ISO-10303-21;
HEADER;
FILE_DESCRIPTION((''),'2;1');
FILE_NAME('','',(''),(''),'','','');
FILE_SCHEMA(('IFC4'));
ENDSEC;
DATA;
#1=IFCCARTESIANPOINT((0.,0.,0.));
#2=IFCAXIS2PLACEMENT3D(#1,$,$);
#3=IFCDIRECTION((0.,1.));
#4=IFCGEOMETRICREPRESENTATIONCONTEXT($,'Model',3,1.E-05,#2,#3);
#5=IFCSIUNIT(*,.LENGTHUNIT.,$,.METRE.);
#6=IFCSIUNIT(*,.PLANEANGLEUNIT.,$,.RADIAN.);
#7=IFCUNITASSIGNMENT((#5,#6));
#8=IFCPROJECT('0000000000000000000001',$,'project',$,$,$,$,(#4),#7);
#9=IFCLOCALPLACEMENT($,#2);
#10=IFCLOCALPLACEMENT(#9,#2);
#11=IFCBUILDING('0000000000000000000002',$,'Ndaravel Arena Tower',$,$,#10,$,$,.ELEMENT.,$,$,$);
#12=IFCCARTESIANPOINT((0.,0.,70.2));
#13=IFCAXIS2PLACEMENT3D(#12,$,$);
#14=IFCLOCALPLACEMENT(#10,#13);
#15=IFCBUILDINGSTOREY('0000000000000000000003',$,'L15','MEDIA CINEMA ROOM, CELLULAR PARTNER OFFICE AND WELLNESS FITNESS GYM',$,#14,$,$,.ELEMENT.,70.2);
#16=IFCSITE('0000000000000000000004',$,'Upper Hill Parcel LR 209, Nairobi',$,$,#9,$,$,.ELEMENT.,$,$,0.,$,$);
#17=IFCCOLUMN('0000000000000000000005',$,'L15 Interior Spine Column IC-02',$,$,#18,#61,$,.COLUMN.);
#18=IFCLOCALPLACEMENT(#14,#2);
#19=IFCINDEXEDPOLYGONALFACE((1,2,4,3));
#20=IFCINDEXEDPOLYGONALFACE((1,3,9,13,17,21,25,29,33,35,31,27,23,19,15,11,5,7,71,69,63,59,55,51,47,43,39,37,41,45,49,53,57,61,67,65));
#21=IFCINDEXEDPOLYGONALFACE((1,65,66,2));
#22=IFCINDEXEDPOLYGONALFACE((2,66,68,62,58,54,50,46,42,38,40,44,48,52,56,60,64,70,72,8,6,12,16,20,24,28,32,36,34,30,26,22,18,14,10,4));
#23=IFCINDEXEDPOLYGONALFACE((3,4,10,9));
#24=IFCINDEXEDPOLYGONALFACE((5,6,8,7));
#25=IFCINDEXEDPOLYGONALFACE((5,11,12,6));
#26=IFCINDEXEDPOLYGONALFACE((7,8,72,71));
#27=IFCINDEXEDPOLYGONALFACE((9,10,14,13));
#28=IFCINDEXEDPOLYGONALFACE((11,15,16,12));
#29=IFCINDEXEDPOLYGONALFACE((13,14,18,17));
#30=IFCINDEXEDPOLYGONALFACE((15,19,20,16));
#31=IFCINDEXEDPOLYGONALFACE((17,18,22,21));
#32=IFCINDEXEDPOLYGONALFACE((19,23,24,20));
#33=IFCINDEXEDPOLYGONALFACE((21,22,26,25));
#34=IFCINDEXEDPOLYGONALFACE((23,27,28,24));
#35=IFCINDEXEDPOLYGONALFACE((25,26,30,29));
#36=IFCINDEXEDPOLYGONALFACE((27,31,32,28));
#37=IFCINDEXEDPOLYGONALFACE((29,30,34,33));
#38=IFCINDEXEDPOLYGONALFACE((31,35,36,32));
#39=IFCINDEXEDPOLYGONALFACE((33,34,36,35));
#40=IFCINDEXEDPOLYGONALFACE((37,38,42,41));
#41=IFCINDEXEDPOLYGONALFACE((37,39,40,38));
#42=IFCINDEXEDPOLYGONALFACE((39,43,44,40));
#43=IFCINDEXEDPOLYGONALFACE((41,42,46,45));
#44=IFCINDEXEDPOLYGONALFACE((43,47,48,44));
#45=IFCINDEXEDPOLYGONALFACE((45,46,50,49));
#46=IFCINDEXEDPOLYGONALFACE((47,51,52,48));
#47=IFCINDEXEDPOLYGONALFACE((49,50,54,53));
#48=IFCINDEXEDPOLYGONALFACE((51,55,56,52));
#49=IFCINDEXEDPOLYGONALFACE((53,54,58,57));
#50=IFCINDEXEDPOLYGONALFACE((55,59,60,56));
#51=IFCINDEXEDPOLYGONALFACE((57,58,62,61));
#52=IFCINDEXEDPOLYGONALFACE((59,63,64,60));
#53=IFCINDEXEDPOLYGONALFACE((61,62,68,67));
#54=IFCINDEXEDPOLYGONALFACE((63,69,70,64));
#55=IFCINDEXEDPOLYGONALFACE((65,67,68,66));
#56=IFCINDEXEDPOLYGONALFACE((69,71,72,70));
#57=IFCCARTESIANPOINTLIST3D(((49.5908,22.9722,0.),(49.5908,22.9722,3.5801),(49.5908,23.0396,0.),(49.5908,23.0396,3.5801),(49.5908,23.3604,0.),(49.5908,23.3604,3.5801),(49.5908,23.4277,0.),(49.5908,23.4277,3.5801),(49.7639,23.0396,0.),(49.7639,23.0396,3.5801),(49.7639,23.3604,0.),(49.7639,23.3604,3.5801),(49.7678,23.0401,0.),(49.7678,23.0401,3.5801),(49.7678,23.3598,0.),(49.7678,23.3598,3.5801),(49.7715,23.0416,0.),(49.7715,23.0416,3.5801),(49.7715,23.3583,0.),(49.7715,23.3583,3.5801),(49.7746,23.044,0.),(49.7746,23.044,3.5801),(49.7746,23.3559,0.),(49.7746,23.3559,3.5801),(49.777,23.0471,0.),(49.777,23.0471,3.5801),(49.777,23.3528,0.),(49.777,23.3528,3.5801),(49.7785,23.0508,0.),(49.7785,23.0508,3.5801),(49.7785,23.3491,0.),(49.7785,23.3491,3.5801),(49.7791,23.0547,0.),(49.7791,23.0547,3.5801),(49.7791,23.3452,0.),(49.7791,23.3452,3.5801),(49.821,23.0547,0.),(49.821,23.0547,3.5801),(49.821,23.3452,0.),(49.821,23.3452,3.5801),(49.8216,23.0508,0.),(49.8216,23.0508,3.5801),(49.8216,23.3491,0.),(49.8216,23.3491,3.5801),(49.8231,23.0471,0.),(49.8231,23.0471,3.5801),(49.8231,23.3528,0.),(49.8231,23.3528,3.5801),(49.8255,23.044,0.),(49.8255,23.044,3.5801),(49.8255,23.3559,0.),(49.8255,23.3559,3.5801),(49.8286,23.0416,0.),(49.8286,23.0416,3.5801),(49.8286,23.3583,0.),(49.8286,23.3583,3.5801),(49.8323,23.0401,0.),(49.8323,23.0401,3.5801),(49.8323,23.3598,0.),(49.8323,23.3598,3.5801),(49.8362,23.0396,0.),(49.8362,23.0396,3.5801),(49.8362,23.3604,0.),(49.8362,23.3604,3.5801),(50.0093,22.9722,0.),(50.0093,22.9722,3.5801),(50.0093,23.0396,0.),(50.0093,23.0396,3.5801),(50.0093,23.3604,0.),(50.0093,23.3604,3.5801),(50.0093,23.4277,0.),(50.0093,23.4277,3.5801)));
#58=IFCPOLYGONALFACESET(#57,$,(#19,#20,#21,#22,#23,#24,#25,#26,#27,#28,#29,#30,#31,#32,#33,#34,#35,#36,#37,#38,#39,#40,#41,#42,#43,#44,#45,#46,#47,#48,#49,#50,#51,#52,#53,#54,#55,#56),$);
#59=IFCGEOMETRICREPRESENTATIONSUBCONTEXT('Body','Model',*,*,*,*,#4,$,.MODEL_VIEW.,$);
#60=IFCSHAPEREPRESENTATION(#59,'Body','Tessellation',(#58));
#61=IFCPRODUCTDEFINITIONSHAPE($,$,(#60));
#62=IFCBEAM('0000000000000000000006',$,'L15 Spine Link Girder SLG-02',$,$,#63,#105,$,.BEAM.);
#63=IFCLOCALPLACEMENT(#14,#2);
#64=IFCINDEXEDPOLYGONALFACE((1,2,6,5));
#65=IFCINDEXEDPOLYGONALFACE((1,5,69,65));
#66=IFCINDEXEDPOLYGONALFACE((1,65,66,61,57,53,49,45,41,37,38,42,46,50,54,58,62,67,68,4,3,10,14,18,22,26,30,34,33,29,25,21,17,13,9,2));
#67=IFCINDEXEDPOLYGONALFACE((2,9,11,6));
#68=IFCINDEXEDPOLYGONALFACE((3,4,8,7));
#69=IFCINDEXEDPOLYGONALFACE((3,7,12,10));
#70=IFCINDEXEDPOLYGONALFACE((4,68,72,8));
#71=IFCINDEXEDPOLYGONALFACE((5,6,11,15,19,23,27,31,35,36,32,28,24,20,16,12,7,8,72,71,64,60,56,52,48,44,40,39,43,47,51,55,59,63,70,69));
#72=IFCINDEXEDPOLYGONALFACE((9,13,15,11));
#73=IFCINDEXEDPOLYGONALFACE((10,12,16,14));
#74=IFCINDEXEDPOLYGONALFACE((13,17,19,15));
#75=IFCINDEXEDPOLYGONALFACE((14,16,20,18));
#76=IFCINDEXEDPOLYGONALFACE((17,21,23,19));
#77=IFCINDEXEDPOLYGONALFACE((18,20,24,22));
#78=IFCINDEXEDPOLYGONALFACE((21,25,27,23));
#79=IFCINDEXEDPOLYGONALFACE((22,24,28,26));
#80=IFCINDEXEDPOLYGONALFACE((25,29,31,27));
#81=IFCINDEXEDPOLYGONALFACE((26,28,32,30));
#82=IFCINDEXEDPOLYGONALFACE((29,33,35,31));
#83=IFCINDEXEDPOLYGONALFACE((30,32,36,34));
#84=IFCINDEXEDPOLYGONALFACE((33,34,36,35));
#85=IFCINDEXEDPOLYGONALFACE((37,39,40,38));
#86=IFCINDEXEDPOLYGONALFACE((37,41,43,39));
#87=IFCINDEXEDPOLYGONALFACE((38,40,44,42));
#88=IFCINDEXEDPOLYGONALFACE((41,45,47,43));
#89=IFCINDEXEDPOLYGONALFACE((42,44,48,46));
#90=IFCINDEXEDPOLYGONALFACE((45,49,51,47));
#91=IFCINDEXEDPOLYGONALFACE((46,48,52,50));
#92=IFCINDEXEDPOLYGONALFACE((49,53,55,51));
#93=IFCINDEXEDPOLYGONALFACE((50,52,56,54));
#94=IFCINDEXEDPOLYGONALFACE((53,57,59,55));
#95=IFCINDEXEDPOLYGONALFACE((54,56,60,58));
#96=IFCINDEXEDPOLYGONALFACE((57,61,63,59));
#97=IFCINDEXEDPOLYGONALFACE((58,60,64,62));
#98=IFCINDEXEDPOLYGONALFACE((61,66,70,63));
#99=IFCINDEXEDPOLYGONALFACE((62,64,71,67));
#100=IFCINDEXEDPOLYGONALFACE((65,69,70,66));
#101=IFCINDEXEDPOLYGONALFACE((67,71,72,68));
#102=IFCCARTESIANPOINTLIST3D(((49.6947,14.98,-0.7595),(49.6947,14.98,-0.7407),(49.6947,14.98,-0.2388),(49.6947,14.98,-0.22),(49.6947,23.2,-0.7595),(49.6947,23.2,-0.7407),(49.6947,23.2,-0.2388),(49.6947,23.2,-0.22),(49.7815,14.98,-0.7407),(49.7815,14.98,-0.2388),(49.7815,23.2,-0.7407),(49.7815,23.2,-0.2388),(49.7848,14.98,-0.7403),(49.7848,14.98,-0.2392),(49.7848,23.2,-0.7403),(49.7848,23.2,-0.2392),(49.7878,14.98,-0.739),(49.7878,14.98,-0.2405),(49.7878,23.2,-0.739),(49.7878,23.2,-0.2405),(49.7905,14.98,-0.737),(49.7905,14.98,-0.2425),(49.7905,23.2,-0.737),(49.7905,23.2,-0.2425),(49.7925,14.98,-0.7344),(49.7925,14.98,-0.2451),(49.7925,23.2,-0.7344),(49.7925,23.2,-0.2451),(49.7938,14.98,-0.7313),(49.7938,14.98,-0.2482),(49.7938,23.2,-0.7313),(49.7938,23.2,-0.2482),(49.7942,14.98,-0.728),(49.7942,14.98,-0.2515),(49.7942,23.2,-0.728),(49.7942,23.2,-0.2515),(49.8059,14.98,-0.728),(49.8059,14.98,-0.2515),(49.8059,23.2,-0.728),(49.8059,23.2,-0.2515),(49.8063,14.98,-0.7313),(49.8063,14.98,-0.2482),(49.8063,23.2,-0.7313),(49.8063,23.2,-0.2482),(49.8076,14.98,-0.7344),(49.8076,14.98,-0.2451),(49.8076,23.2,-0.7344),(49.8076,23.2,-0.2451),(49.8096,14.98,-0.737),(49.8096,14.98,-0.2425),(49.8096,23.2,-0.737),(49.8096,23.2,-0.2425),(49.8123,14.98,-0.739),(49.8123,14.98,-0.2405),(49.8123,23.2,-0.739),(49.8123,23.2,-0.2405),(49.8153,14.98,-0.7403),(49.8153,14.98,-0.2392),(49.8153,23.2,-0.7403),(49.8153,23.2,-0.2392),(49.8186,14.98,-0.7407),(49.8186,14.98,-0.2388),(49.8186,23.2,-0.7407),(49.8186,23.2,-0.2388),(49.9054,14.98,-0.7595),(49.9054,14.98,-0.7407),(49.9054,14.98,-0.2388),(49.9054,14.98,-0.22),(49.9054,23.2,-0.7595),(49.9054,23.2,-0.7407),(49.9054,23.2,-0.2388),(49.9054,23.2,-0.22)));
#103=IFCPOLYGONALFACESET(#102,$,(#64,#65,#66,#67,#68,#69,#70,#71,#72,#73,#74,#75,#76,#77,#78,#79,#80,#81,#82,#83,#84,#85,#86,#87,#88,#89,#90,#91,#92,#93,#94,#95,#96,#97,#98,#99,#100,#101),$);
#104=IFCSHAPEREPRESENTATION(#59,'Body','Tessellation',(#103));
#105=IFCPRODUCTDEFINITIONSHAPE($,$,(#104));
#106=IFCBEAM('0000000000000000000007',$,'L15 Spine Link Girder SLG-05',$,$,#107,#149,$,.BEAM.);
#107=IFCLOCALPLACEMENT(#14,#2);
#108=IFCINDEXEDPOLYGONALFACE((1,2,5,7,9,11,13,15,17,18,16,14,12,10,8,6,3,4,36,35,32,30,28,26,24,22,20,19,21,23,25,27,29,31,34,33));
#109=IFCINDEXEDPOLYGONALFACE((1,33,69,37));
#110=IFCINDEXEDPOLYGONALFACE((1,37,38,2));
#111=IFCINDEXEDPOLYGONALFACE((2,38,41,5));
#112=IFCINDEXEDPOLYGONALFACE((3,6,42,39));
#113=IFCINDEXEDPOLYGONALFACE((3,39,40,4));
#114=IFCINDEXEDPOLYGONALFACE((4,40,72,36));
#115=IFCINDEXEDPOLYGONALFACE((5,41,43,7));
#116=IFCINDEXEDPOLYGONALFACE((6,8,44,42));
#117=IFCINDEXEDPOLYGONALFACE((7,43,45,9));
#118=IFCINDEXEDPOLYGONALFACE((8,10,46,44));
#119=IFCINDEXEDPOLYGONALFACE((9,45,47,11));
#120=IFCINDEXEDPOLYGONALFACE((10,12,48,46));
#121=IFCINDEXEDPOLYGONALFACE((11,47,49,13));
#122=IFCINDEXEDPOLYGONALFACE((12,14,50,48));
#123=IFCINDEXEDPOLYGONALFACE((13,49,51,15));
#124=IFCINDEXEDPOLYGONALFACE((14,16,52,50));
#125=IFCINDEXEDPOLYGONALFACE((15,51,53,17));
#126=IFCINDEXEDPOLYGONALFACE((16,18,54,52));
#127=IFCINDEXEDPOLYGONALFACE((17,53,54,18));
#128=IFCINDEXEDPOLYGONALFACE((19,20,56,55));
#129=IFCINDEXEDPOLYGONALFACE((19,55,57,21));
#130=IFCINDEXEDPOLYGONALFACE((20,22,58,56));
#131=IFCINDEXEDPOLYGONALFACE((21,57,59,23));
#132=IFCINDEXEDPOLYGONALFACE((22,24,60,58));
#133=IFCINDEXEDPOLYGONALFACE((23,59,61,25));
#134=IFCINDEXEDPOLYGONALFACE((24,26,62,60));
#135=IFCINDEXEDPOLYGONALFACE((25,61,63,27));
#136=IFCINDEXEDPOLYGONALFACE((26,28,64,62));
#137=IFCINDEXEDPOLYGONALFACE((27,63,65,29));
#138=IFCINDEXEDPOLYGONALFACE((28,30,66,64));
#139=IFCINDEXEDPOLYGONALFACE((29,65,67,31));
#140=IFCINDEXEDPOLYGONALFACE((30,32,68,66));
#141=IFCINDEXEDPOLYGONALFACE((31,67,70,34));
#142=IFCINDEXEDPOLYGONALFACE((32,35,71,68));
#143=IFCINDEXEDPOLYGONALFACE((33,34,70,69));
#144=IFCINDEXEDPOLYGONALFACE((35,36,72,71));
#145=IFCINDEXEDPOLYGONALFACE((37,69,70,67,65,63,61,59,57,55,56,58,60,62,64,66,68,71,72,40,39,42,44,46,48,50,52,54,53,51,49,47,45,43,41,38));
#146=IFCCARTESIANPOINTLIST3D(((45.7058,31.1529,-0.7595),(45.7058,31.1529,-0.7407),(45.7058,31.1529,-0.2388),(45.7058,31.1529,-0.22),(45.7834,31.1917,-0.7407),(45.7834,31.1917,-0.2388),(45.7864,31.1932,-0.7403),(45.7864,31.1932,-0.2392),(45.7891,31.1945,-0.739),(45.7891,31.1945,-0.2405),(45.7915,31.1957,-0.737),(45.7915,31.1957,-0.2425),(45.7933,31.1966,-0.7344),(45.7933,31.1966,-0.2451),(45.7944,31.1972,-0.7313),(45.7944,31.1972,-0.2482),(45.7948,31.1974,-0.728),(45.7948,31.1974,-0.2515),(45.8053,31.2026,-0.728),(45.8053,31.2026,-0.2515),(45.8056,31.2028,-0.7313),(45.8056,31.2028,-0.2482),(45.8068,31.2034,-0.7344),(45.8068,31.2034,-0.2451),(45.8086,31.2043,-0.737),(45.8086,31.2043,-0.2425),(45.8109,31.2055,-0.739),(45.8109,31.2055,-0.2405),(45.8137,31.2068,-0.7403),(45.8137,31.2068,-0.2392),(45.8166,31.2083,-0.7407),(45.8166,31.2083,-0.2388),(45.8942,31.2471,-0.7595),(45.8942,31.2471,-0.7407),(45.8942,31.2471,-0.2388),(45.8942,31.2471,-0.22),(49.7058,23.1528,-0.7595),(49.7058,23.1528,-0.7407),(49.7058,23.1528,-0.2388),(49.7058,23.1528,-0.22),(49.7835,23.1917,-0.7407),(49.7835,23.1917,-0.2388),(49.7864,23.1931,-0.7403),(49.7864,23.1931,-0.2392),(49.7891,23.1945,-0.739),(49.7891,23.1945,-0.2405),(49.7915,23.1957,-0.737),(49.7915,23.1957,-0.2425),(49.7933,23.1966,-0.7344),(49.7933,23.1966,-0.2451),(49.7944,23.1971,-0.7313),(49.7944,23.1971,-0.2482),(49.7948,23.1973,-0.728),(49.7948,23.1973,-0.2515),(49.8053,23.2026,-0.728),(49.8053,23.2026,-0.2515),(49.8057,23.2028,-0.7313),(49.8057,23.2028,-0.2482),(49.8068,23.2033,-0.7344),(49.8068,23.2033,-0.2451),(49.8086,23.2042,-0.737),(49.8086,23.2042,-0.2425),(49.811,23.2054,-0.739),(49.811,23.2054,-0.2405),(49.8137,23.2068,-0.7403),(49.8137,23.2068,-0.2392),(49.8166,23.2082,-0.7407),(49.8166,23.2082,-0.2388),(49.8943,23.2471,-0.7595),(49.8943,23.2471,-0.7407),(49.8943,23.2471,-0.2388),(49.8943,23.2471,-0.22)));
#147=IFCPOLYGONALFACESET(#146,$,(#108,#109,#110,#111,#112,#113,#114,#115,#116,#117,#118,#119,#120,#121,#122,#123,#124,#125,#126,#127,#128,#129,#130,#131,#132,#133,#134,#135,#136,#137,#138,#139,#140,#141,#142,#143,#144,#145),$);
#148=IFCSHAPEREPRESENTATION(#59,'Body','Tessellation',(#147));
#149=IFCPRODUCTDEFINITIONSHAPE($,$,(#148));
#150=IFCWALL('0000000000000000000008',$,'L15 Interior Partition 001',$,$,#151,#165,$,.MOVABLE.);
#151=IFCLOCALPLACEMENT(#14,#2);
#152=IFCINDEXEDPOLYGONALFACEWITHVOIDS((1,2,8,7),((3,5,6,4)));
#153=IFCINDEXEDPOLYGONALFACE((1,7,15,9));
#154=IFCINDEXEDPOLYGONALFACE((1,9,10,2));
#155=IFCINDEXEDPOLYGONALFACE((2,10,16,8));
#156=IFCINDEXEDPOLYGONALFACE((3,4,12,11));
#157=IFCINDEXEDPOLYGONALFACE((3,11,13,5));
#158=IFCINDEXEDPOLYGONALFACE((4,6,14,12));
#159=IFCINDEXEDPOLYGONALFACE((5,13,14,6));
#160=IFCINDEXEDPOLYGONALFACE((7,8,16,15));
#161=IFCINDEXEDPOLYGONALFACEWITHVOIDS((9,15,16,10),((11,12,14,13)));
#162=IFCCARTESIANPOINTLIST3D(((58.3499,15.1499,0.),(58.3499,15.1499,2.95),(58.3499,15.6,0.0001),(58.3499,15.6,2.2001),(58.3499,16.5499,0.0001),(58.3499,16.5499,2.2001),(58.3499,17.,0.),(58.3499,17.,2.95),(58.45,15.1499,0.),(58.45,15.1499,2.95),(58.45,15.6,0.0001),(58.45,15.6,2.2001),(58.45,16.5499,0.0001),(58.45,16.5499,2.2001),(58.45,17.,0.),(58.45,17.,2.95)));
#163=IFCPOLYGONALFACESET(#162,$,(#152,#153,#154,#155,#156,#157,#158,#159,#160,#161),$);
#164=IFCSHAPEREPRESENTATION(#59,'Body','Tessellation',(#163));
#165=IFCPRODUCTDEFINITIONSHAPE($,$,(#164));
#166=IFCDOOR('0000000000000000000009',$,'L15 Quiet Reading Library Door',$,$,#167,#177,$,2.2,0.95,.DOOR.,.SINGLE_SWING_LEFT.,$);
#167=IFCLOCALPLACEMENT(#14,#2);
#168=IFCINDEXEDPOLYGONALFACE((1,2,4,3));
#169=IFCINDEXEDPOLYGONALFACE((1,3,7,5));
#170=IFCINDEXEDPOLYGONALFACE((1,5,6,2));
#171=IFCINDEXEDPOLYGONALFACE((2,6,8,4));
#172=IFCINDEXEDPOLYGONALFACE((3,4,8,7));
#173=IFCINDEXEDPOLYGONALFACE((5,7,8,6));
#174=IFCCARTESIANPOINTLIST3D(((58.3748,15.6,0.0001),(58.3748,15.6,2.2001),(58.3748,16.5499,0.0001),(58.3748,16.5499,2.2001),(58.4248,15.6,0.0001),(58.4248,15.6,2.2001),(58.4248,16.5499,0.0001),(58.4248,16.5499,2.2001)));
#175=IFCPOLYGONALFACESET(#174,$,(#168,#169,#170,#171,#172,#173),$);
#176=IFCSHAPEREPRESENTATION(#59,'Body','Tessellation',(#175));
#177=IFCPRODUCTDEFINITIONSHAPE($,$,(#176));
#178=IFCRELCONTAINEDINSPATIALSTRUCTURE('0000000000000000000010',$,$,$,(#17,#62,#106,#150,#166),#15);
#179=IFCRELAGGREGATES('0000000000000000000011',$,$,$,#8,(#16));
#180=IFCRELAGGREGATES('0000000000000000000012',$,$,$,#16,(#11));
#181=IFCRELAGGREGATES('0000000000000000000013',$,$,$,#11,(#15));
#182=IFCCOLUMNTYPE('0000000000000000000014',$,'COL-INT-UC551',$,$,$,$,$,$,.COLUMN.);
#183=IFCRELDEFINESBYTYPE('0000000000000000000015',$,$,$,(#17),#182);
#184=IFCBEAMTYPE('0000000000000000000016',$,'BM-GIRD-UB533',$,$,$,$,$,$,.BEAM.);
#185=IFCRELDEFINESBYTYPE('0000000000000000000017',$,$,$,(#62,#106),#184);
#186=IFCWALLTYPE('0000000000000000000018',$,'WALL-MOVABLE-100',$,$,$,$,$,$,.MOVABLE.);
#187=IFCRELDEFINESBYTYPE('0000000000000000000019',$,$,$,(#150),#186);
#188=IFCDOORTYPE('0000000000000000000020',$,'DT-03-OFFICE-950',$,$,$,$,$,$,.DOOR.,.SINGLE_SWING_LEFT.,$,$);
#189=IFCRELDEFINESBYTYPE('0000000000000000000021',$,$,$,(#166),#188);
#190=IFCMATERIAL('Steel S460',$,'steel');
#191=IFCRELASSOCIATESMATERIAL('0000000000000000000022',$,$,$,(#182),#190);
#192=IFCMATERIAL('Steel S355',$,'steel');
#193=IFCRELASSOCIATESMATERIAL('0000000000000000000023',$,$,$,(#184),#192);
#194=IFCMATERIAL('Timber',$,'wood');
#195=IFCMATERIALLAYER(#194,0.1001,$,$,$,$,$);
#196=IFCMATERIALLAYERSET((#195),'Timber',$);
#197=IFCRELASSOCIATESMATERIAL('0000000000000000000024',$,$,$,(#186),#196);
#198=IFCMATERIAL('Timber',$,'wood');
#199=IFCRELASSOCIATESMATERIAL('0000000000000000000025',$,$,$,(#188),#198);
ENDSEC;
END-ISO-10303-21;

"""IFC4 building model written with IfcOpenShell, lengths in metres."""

from ifc_helpers import new_model, si_unit, direction, frame, frame_2d, origin, origin_2d, place, context, subcontext, project, spatial, rectangle, i_section, extrude, material, layer, layer_set, material_profile, profile_set, type_object, element, fill, save


model = new_model("IFC4")

# Units and contexts
model_context = context("Model", 3, precision=1e-05, world=origin(), true_north=direction((0.0, 1.0)))
body_context = subcontext(model_context, "Body", "Model", "MODEL_VIEW")
ifc_project = project(units=[si_unit("LENGTHUNIT", "METRE"), si_unit("PLANEANGLEUNIT", "RADIAN")], contexts=[model_context])

# Site, building, storey
site_placement = place(None, origin())
site = spatial("IfcSite", under=ifc_project, at=site_placement, Name="Upper Hill Parcel LR 209, Nairobi", CompositionType="ELEMENT", RefElevation=0.0)
building_placement = place(site_placement, origin())
building = spatial("IfcBuilding", under=site, at=building_placement, Name="Ndaravel Arena Tower", CompositionType="ELEMENT")
storey_placement = place(building_placement, frame((0.0, 0.0, 70.2)))
storey = spatial("IfcBuildingStorey", under=building, at=storey_placement, Name="L15", Description="MEDIA CINEMA ROOM, CELLULAR PARTNER OFFICE AND WELLNESS FITNESS GYM", CompositionType="ELEMENT", Elevation=70.2)

# Column
ifc_material_1 = material(Name="Steel S460", Category="steel")
ifc_material_profile_1 = material_profile(ifc_material_1, i_section(OverallWidth=0.4185, OverallDepth=0.4556, WebThickness=0.042, FlangeThickness=0.0674, FilletRadius=0.0151, at=origin_2d()), Name="UC 356x406x551")
ifc_profile_set_1 = profile_set([ifc_material_profile_1], Name="Steel S460")
column_type = type_object("IfcColumnType", Name="COL-INT-UC551", PredefinedType="COLUMN", material=ifc_profile_set_1)
column_placement = place(storey_placement, frame((49.8, 23.2, 0.0), z_axis=(0.0, 0.0, 1.0), x_axis=(1.0, 0.0, 0.0)))
element("IfcColumn", 1, at=column_placement, inside=storey, type_object=column_type, Name="L15 Interior Spine Column IC-02", PredefinedType="COLUMN", context=body_context, shape_type="SweptSolid", body=[
    extrude(i_section(OverallWidth=0.4185, OverallDepth=0.4556, WebThickness=0.042, FlangeThickness=0.0674, FilletRadius=0.0151, at=origin_2d()), origin(), (0.0, 0.0, 1.0), 3.5801),
])

# Beams
ifc_material_2 = material(Name="Steel S355", Category="steel")
ifc_material_profile_2 = material_profile(ifc_material_2, i_section(OverallWidth=0.2107, OverallDepth=0.5396, WebThickness=0.0117, FlangeThickness=0.0188, FilletRadius=0.0127, at=origin_2d()), Name="UB 533x210x109")
ifc_profile_set_2 = profile_set([ifc_material_profile_2], Name="Steel S355")
beam_type = type_object("IfcBeamType", Name="BM-GIRD-UB533", PredefinedType="BEAM", material=ifc_profile_set_2)
beam_1_placement = place(storey_placement, frame((49.8, 14.98, -0.4897), z_axis=(0.0, 1.0, 0.0), x_axis=(-1.0, 0.0, 0.0)))
element("IfcBeam", 2, at=beam_1_placement, inside=storey, type_object=beam_type, Name="L15 Spine Link Girder SLG-02", PredefinedType="BEAM", context=body_context, shape_type="SweptSolid", body=[
    extrude(i_section(OverallWidth=0.2107, OverallDepth=0.5396, WebThickness=0.0117, FlangeThickness=0.0188, FilletRadius=0.0127, at=origin_2d()), origin(), (0.0, 0.0, 1.0), 8.22),
])
beam_2_placement = place(storey_placement, frame((49.8, 23.2, -0.4897), z_axis=(-0.447214, 0.894427, 0.0), x_axis=(-0.894427, -0.447214, 0.0)))
element("IfcBeam", 3, at=beam_2_placement, inside=storey, type_object=beam_type, Name="L15 Spine Link Girder SLG-05", PredefinedType="BEAM", context=body_context, shape_type="SweptSolid", body=[
    extrude(i_section(OverallWidth=0.2107, OverallDepth=0.5396, WebThickness=0.0117, FlangeThickness=0.0188, FilletRadius=0.0127, at=origin_2d()), origin(), (0.0, 0.0, 1.0), 8.9443),
])

# Wall, opening, door
ifc_material_3 = material(Name="Timber", Category="wood")
ifc_layer_1 = layer(ifc_material_3, 0.1001)
ifc_layer_set_1 = layer_set([ifc_layer_1], Name="Timber")
wall_type_1 = type_object("IfcWallType", Name="WALL-MOVABLE-100", PredefinedType="MOVABLE", material=ifc_layer_set_1)
wall_1_placement = place(storey_placement, frame((58.3999, 17.0, 0.0), z_axis=(0.0, 0.0, 1.0), x_axis=(0.0, -1.0, 0.0)))
wall_1 = element("IfcWall", 4, at=wall_1_placement, inside=storey, type_object=wall_type_1, Name="L15 Interior Partition 001", PredefinedType="MOVABLE", context=body_context, shape_type="SweptSolid", body=[
    extrude(rectangle(XDim=1.8501, YDim=0.1001, at=frame_2d((0.925, 0.0))), origin(), (0.0, 0.0, 1.0), 2.95),
])
opening_1_placement = place(wall_1_placement, frame((0.45, 0.0, 0.0)))
opening_1 = element("IfcOpeningElement", 5, at=opening_1_placement, cuts=wall_1, PredefinedType="OPENING", context=body_context, shape_type="SweptSolid", body=[
    extrude(rectangle(XDim=0.95, YDim=2.2, at=frame_2d((0.4751, 1.1001))), frame((0.0, 0.05, 0.0), z_axis=(0.0, -1.0, 0.0), x_axis=(1.0, 0.0, 0.0)), (0.0, 0.0, 1.0), 0.1001),
])
ifc_material_4 = material(Name="Timber", Category="wood")
door_type_1 = type_object("IfcDoorType", Name="DT-03-OFFICE-950", OperationType="SINGLE_SWING_LEFT", PredefinedType="DOOR", material=ifc_material_4)
door_1_placement = place(opening_1_placement, origin())
door_1 = element("IfcDoor", 6, at=door_1_placement, inside=storey, type_object=door_type_1, Name="L15 Quiet Reading Library Door", OperationType="SINGLE_SWING_LEFT", OverallHeight=2.2, OverallWidth=0.95, PredefinedType="DOOR", context=body_context, shape_type="SweptSolid", body=[
    extrude(rectangle(XDim=0.95, YDim=2.2, at=frame_2d((0.4751, 1.1001))), frame((0.0, 0.0249, 0.0), z_axis=(0.0, -1.0, 0.0), x_axis=(1.0, 0.0, 0.0)), (0.0, 0.0, 1.0), 0.05),
])
fill(opening_1, door_1)

save(model, "model.ifc")
